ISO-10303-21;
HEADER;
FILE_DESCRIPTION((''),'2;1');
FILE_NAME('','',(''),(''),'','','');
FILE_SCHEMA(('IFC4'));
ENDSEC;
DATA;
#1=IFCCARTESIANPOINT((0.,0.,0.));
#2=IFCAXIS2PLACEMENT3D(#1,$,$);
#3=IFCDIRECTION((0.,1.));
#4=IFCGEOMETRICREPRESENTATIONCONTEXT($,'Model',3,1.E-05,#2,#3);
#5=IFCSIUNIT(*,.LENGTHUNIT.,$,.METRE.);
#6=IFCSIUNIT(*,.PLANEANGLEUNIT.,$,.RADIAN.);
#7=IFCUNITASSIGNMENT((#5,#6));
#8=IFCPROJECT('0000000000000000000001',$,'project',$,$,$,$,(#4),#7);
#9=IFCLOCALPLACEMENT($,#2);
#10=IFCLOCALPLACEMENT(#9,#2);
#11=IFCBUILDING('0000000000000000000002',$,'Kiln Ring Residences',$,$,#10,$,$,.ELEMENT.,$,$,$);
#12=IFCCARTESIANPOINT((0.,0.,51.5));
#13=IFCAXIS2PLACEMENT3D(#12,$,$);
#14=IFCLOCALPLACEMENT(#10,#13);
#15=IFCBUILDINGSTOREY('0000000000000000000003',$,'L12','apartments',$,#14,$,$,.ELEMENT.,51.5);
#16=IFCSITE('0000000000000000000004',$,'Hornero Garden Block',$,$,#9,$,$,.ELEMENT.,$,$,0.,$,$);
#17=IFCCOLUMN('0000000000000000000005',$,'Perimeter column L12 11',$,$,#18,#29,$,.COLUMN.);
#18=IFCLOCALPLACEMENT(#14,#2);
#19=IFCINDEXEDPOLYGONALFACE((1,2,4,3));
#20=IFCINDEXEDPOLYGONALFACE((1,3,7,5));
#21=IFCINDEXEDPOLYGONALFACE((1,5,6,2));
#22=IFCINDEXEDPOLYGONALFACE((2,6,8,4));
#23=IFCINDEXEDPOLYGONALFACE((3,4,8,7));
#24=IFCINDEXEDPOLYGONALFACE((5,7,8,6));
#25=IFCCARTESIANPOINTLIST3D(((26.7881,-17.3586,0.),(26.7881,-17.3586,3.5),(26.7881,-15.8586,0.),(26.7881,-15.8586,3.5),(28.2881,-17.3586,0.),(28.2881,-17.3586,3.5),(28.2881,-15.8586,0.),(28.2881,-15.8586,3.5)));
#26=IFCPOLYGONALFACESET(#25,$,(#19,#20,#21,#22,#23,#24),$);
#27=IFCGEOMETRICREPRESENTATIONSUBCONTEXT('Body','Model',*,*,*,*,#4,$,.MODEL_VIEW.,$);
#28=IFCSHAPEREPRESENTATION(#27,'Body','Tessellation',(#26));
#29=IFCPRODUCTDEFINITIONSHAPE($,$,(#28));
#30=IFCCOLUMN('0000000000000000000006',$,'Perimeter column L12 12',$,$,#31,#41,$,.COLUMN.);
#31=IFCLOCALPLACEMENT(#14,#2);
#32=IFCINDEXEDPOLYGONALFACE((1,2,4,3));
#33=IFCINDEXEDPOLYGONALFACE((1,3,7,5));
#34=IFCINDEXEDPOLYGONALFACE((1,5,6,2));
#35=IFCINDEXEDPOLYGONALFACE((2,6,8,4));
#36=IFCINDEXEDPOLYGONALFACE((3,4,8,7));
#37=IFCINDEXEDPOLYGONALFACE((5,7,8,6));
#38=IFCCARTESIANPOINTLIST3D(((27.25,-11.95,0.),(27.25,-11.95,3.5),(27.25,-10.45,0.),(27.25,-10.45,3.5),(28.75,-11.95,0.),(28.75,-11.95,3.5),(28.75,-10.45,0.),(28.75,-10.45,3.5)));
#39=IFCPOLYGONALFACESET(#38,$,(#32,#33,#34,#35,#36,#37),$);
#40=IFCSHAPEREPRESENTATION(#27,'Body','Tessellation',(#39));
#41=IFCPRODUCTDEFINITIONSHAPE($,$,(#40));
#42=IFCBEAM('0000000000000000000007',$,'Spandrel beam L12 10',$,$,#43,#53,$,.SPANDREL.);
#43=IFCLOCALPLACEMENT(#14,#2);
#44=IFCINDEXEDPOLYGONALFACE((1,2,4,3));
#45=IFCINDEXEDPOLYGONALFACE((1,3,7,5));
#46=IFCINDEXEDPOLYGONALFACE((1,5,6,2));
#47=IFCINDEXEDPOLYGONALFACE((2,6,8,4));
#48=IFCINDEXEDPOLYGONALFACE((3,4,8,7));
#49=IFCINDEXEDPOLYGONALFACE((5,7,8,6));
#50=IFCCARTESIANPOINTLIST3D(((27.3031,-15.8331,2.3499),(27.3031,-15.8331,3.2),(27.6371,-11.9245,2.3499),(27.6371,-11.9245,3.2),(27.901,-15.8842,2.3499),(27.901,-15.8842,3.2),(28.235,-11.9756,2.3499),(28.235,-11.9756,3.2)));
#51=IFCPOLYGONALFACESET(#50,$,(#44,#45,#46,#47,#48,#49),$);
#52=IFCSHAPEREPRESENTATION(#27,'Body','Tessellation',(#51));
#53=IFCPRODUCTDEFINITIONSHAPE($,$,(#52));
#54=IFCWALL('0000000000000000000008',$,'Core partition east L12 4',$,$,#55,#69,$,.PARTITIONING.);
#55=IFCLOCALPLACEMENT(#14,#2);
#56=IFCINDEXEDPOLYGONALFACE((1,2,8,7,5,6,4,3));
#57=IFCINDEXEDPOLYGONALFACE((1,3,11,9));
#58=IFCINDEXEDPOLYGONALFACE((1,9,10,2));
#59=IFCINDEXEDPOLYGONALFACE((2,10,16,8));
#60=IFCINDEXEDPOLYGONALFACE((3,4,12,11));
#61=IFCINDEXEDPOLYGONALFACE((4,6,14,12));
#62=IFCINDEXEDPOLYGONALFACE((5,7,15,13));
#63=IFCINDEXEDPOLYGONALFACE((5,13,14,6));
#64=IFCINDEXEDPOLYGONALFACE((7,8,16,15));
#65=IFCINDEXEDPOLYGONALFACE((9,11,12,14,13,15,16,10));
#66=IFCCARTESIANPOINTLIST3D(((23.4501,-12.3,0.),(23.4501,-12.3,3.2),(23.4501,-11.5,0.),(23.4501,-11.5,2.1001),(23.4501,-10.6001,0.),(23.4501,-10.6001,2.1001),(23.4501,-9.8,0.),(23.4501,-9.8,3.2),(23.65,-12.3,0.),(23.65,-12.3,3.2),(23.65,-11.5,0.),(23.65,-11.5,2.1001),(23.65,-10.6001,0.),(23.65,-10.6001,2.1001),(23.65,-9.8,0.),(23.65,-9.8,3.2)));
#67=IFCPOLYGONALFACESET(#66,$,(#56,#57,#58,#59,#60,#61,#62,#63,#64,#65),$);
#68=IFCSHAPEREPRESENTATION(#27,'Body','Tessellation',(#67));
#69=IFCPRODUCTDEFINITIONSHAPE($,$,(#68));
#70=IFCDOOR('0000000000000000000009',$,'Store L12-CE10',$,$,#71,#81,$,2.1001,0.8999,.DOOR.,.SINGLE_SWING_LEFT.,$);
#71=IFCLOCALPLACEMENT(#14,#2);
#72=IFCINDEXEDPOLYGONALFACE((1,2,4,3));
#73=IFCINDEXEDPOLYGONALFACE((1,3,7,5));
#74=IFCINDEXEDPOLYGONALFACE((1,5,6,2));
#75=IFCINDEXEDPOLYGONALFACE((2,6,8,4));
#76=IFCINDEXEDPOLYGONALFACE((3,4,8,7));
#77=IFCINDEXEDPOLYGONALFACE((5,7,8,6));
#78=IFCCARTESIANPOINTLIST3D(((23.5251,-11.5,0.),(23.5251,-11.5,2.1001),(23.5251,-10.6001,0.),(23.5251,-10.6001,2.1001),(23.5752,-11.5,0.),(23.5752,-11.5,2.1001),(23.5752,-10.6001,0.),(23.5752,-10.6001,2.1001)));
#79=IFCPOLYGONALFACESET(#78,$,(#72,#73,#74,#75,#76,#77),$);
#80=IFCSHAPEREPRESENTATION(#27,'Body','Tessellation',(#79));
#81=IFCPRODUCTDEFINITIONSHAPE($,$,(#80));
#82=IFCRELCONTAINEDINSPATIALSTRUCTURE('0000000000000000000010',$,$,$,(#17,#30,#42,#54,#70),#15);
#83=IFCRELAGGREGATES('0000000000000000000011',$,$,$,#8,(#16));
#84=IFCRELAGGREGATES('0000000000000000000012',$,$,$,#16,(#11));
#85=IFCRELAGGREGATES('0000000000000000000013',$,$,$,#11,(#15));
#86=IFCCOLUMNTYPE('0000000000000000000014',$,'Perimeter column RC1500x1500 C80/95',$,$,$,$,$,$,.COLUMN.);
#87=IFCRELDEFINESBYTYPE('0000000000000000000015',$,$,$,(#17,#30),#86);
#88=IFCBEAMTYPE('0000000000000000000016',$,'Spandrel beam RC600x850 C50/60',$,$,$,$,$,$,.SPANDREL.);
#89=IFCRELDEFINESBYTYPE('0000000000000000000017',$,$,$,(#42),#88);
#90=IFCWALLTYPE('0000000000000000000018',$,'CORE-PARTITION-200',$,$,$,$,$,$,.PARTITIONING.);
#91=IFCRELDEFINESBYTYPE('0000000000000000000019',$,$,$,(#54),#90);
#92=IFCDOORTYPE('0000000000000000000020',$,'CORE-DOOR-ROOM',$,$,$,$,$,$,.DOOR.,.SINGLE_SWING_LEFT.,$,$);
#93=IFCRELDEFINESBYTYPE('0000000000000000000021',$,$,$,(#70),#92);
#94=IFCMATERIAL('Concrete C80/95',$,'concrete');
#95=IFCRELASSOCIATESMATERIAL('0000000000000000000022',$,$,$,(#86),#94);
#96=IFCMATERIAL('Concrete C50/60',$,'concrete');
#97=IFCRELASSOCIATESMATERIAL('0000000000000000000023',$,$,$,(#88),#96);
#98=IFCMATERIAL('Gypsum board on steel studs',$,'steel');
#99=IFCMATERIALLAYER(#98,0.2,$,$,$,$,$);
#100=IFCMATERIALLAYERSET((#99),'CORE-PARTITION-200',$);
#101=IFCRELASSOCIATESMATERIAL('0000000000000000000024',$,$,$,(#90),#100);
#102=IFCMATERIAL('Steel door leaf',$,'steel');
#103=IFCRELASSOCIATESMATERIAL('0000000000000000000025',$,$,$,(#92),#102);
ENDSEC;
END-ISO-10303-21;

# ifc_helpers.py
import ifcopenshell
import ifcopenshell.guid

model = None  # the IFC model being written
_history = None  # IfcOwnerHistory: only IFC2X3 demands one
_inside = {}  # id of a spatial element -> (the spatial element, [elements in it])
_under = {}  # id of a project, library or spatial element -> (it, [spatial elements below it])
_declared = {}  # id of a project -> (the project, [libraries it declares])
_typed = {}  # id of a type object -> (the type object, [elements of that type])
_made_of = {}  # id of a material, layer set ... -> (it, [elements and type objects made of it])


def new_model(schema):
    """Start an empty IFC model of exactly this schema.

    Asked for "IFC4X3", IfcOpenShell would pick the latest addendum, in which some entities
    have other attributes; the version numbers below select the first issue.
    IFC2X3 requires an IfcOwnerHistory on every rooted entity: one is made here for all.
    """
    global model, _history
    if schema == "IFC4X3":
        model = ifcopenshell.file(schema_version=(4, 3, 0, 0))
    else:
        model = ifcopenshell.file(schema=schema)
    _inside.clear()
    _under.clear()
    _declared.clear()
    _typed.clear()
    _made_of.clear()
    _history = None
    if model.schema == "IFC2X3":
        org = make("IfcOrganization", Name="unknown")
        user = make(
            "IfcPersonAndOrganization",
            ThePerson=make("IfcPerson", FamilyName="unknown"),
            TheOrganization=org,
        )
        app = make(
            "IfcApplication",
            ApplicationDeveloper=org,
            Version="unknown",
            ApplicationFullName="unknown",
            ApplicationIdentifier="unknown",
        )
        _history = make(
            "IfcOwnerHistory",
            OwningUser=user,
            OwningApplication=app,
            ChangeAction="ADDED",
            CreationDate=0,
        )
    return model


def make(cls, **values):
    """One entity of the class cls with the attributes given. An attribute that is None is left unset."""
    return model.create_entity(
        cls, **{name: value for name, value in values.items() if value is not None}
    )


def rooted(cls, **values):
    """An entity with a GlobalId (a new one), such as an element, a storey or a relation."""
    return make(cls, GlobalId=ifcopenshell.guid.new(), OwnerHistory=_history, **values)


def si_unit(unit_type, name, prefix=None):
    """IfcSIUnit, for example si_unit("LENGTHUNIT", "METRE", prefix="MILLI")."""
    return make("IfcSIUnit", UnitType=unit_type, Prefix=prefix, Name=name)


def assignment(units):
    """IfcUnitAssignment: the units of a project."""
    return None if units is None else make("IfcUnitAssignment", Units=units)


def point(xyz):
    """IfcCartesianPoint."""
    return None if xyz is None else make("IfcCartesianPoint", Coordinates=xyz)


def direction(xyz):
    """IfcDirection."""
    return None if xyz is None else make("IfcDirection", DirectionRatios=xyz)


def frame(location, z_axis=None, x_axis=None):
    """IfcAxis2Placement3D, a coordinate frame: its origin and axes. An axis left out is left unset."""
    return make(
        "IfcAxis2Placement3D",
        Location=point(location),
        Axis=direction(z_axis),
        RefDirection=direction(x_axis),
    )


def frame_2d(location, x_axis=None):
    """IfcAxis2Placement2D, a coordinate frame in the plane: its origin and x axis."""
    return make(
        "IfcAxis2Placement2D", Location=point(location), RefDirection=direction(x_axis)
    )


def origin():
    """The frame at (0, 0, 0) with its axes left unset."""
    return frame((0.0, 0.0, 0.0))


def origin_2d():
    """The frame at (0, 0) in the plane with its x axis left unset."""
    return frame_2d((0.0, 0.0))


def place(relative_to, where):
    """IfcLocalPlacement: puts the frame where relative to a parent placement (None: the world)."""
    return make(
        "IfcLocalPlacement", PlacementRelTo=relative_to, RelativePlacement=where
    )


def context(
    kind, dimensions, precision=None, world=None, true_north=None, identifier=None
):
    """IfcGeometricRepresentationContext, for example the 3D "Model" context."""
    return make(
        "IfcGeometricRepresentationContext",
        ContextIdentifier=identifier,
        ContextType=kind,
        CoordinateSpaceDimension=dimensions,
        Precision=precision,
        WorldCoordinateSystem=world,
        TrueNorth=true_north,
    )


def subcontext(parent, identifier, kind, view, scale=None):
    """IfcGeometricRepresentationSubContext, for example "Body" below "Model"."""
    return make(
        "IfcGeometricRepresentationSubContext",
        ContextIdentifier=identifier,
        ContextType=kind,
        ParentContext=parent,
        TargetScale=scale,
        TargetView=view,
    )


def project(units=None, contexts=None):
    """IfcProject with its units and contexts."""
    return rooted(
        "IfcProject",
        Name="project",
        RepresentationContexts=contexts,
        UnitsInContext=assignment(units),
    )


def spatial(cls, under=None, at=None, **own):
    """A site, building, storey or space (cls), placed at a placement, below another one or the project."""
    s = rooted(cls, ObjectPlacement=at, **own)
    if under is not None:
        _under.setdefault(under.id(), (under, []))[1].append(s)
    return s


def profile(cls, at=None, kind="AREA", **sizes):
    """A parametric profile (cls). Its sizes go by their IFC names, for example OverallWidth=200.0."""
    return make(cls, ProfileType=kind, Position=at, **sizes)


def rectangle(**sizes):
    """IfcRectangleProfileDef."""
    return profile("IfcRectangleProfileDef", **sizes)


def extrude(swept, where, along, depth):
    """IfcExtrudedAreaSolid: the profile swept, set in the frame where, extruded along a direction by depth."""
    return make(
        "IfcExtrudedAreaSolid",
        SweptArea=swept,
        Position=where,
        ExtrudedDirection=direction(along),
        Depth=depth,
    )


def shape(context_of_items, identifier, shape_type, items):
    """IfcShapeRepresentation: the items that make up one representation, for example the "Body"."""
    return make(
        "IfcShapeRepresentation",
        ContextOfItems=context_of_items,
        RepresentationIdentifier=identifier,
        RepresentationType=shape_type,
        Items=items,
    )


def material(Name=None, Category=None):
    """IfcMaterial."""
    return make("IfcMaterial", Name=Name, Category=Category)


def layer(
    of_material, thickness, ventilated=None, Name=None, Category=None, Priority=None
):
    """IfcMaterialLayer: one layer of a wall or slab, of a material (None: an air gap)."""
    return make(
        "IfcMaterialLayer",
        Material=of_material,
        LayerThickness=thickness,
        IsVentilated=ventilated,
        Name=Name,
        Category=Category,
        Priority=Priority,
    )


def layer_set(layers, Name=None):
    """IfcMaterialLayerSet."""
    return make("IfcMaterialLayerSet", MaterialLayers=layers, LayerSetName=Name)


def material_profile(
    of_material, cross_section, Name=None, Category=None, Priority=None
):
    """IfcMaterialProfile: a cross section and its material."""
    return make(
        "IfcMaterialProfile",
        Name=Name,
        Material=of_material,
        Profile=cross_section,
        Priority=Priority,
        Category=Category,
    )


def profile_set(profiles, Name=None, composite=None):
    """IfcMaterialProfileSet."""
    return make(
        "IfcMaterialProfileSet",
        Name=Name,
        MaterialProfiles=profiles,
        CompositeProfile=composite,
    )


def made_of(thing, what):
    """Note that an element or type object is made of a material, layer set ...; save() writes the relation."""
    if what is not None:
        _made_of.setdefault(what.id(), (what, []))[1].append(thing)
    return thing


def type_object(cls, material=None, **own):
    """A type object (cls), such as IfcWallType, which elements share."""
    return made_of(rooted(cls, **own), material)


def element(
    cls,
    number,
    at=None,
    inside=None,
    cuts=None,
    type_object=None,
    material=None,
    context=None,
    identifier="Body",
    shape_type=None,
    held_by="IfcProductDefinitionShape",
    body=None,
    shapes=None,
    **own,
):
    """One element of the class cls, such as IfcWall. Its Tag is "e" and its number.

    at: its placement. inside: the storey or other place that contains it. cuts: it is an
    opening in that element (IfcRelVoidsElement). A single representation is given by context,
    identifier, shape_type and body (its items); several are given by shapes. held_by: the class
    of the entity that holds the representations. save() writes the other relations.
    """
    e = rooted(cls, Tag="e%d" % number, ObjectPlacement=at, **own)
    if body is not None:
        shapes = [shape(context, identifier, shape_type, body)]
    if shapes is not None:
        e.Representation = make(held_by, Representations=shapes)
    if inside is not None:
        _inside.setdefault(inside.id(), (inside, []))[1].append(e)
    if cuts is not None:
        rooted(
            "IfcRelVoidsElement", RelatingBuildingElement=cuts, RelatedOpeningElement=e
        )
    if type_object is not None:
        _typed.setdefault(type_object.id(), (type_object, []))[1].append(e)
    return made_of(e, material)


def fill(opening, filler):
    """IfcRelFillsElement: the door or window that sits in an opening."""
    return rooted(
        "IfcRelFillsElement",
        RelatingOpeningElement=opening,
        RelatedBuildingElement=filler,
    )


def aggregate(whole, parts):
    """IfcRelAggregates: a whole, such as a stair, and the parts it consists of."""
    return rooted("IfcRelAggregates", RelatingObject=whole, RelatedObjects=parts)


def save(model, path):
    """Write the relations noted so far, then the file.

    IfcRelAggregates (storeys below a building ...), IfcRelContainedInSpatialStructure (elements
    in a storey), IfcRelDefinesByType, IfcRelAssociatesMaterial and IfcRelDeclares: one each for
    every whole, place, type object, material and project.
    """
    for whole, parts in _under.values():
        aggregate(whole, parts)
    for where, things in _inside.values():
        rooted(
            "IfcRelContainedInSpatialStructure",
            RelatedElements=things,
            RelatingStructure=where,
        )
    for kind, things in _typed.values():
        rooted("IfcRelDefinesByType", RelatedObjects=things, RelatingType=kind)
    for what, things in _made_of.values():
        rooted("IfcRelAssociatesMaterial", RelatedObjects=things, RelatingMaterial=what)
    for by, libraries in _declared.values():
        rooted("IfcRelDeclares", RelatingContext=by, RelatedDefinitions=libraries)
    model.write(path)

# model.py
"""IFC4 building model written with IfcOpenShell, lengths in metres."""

from ifc_helpers import new_model, si_unit, direction, frame, frame_2d, origin, origin_2d, place, context, subcontext, project, spatial, rectangle, extrude, material, layer, layer_set, material_profile, profile_set, type_object, element, fill, save


model = new_model("IFC4")

# Units and contexts
model_context = context("Model", 3, precision=1e-05, world=origin(), true_north=direction((0.0, 1.0)))
body_context = subcontext(model_context, "Body", "Model", "MODEL_VIEW")
ifc_project = project(units=[si_unit("LENGTHUNIT", "METRE"), si_unit("PLANEANGLEUNIT", "RADIAN")], contexts=[model_context])

# Site, building, storey
site_placement = place(None, origin())
site = spatial("IfcSite", under=ifc_project, at=site_placement, Name="Hornero Garden Block", CompositionType="ELEMENT", RefElevation=0.0)
building_placement = place(site_placement, origin())
building = spatial("IfcBuilding", under=site, at=building_placement, Name="Kiln Ring Residences", CompositionType="ELEMENT")
storey_placement = place(building_placement, frame((0.0, 0.0, 51.5)))
storey = spatial("IfcBuildingStorey", under=building, at=storey_placement, Name="L12", Description="apartments", CompositionType="ELEMENT", Elevation=51.5)

# Columns
ifc_material_1 = material(Name="Concrete C80/95", Category="concrete")
ifc_material_profile_1 = material_profile(ifc_material_1, rectangle(XDim=1.5, YDim=1.5, at=origin_2d()), Name="RC1500x1500")
ifc_profile_set_1 = profile_set([ifc_material_profile_1], Name="Concrete C80/95")
column_type = type_object("IfcColumnType", Name="Perimeter column RC1500x1500 C80/95", PredefinedType="COLUMN", material=ifc_profile_set_1)
for number, where, z_axis, x_axis, name in (
    (1, (27.5381, -16.6086, 0.0), (0.0, 0.0, 1.0), (1.0, 0.0, 0.0), "Perimeter column L12 11"),
    (2, (28.0, -11.2, 0.0), (0.0, 0.0, 1.0), (1.0, 0.0, 0.0), "Perimeter column L12 12"),
):
    element("IfcColumn", number, at=place(storey_placement, frame(where, z_axis=z_axis, x_axis=x_axis)), inside=storey, type_object=column_type, Name=name, PredefinedType="COLUMN", context=body_context, shape_type="SweptSolid", body=[
        extrude(rectangle(XDim=1.5, YDim=1.5, at=origin_2d()), origin(), (0.0, 0.0, 1.0), 3.5),
    ])

# Beam
ifc_material_2 = material(Name="Concrete C50/60", Category="concrete")
ifc_material_profile_2 = material_profile(ifc_material_2, rectangle(XDim=0.6001, YDim=0.8501, at=origin_2d()), Name="RC600x850")
ifc_profile_set_2 = profile_set([ifc_material_profile_2], Name="Concrete C50/60")
beam_type = type_object("IfcBeamType", Name="Spandrel beam RC600x850 C50/60", PredefinedType="SPANDREL", material=ifc_profile_set_2)
beam_placement = place(storey_placement, frame((27.6021, -15.8586, 2.7749), z_axis=(0.085136, 0.996369, 0.0), x_axis=(-0.996369, 0.085136, 0.0)))
element("IfcBeam", 3, at=beam_placement, inside=storey, type_object=beam_type, Name="Spandrel beam L12 10", PredefinedType="SPANDREL", context=body_context, shape_type="SweptSolid", body=[
    extrude(rectangle(XDim=0.6001, YDim=0.8501, at=origin_2d()), origin(), (0.0, 0.0, 1.0), 3.9229),
])

# Wall, opening, door
ifc_material_3 = material(Name="Gypsum board on steel studs", Category="steel")
ifc_layer_1 = layer(ifc_material_3, 0.2)
ifc_layer_set_1 = layer_set([ifc_layer_1], Name="CORE-PARTITION-200")
wall_type_1 = type_object("IfcWallType", Name="CORE-PARTITION-200", PredefinedType="PARTITIONING", material=ifc_layer_set_1)
wall_1_placement = place(storey_placement, frame((23.55, -12.3, 0.0), z_axis=(0.0, 0.0, 1.0), x_axis=(0.0, 1.0, 0.0)))
wall_1 = element("IfcWall", 4, at=wall_1_placement, inside=storey, type_object=wall_type_1, Name="Core partition east L12 4", PredefinedType="PARTITIONING", context=body_context, shape_type="SweptSolid", body=[
    extrude(rectangle(XDim=2.5, YDim=0.2, at=frame_2d((1.25, 0.0))), origin(), (0.0, 0.0, 1.0), 3.2),
])
opening_1_placement = place(wall_1_placement, frame((0.8, 0.0, 0.0)))
opening_1 = element("IfcOpeningElement", 5, at=opening_1_placement, cuts=wall_1, PredefinedType="OPENING", context=body_context, shape_type="SweptSolid", body=[
    extrude(rectangle(XDim=0.8999, YDim=2.1001, at=frame_2d((0.45, 1.05))), frame((0.0, 0.1099, 0.0), z_axis=(0.0, -1.0, 0.0), x_axis=(1.0, 0.0, 0.0)), (0.0, 0.0, 1.0), 0.22),
])
ifc_material_4 = material(Name="Steel door leaf", Category="steel")
door_type_1 = type_object("IfcDoorType", Name="CORE-DOOR-ROOM", OperationType="SINGLE_SWING_LEFT", PredefinedType="DOOR", material=ifc_material_4)
door_1_placement = place(opening_1_placement, origin())
door_1 = element("IfcDoor", 6, at=door_1_placement, inside=storey, type_object=door_type_1, Name="Store L12-CE10", OperationType="SINGLE_SWING_LEFT", OverallHeight=2.1001, OverallWidth=0.8999, PredefinedType="DOOR", context=body_context, shape_type="SweptSolid", body=[
    extrude(rectangle(XDim=0.8999, YDim=2.1001, at=frame_2d((0.45, 1.05))), frame((0.0, 0.0249, 0.0), z_axis=(0.0, -1.0, 0.0), x_axis=(1.0, 0.0, 0.0)), (0.0, 0.0, 1.0), 0.05),
])
fill(opening_1, door_1)

save(model, "model.ifc")
